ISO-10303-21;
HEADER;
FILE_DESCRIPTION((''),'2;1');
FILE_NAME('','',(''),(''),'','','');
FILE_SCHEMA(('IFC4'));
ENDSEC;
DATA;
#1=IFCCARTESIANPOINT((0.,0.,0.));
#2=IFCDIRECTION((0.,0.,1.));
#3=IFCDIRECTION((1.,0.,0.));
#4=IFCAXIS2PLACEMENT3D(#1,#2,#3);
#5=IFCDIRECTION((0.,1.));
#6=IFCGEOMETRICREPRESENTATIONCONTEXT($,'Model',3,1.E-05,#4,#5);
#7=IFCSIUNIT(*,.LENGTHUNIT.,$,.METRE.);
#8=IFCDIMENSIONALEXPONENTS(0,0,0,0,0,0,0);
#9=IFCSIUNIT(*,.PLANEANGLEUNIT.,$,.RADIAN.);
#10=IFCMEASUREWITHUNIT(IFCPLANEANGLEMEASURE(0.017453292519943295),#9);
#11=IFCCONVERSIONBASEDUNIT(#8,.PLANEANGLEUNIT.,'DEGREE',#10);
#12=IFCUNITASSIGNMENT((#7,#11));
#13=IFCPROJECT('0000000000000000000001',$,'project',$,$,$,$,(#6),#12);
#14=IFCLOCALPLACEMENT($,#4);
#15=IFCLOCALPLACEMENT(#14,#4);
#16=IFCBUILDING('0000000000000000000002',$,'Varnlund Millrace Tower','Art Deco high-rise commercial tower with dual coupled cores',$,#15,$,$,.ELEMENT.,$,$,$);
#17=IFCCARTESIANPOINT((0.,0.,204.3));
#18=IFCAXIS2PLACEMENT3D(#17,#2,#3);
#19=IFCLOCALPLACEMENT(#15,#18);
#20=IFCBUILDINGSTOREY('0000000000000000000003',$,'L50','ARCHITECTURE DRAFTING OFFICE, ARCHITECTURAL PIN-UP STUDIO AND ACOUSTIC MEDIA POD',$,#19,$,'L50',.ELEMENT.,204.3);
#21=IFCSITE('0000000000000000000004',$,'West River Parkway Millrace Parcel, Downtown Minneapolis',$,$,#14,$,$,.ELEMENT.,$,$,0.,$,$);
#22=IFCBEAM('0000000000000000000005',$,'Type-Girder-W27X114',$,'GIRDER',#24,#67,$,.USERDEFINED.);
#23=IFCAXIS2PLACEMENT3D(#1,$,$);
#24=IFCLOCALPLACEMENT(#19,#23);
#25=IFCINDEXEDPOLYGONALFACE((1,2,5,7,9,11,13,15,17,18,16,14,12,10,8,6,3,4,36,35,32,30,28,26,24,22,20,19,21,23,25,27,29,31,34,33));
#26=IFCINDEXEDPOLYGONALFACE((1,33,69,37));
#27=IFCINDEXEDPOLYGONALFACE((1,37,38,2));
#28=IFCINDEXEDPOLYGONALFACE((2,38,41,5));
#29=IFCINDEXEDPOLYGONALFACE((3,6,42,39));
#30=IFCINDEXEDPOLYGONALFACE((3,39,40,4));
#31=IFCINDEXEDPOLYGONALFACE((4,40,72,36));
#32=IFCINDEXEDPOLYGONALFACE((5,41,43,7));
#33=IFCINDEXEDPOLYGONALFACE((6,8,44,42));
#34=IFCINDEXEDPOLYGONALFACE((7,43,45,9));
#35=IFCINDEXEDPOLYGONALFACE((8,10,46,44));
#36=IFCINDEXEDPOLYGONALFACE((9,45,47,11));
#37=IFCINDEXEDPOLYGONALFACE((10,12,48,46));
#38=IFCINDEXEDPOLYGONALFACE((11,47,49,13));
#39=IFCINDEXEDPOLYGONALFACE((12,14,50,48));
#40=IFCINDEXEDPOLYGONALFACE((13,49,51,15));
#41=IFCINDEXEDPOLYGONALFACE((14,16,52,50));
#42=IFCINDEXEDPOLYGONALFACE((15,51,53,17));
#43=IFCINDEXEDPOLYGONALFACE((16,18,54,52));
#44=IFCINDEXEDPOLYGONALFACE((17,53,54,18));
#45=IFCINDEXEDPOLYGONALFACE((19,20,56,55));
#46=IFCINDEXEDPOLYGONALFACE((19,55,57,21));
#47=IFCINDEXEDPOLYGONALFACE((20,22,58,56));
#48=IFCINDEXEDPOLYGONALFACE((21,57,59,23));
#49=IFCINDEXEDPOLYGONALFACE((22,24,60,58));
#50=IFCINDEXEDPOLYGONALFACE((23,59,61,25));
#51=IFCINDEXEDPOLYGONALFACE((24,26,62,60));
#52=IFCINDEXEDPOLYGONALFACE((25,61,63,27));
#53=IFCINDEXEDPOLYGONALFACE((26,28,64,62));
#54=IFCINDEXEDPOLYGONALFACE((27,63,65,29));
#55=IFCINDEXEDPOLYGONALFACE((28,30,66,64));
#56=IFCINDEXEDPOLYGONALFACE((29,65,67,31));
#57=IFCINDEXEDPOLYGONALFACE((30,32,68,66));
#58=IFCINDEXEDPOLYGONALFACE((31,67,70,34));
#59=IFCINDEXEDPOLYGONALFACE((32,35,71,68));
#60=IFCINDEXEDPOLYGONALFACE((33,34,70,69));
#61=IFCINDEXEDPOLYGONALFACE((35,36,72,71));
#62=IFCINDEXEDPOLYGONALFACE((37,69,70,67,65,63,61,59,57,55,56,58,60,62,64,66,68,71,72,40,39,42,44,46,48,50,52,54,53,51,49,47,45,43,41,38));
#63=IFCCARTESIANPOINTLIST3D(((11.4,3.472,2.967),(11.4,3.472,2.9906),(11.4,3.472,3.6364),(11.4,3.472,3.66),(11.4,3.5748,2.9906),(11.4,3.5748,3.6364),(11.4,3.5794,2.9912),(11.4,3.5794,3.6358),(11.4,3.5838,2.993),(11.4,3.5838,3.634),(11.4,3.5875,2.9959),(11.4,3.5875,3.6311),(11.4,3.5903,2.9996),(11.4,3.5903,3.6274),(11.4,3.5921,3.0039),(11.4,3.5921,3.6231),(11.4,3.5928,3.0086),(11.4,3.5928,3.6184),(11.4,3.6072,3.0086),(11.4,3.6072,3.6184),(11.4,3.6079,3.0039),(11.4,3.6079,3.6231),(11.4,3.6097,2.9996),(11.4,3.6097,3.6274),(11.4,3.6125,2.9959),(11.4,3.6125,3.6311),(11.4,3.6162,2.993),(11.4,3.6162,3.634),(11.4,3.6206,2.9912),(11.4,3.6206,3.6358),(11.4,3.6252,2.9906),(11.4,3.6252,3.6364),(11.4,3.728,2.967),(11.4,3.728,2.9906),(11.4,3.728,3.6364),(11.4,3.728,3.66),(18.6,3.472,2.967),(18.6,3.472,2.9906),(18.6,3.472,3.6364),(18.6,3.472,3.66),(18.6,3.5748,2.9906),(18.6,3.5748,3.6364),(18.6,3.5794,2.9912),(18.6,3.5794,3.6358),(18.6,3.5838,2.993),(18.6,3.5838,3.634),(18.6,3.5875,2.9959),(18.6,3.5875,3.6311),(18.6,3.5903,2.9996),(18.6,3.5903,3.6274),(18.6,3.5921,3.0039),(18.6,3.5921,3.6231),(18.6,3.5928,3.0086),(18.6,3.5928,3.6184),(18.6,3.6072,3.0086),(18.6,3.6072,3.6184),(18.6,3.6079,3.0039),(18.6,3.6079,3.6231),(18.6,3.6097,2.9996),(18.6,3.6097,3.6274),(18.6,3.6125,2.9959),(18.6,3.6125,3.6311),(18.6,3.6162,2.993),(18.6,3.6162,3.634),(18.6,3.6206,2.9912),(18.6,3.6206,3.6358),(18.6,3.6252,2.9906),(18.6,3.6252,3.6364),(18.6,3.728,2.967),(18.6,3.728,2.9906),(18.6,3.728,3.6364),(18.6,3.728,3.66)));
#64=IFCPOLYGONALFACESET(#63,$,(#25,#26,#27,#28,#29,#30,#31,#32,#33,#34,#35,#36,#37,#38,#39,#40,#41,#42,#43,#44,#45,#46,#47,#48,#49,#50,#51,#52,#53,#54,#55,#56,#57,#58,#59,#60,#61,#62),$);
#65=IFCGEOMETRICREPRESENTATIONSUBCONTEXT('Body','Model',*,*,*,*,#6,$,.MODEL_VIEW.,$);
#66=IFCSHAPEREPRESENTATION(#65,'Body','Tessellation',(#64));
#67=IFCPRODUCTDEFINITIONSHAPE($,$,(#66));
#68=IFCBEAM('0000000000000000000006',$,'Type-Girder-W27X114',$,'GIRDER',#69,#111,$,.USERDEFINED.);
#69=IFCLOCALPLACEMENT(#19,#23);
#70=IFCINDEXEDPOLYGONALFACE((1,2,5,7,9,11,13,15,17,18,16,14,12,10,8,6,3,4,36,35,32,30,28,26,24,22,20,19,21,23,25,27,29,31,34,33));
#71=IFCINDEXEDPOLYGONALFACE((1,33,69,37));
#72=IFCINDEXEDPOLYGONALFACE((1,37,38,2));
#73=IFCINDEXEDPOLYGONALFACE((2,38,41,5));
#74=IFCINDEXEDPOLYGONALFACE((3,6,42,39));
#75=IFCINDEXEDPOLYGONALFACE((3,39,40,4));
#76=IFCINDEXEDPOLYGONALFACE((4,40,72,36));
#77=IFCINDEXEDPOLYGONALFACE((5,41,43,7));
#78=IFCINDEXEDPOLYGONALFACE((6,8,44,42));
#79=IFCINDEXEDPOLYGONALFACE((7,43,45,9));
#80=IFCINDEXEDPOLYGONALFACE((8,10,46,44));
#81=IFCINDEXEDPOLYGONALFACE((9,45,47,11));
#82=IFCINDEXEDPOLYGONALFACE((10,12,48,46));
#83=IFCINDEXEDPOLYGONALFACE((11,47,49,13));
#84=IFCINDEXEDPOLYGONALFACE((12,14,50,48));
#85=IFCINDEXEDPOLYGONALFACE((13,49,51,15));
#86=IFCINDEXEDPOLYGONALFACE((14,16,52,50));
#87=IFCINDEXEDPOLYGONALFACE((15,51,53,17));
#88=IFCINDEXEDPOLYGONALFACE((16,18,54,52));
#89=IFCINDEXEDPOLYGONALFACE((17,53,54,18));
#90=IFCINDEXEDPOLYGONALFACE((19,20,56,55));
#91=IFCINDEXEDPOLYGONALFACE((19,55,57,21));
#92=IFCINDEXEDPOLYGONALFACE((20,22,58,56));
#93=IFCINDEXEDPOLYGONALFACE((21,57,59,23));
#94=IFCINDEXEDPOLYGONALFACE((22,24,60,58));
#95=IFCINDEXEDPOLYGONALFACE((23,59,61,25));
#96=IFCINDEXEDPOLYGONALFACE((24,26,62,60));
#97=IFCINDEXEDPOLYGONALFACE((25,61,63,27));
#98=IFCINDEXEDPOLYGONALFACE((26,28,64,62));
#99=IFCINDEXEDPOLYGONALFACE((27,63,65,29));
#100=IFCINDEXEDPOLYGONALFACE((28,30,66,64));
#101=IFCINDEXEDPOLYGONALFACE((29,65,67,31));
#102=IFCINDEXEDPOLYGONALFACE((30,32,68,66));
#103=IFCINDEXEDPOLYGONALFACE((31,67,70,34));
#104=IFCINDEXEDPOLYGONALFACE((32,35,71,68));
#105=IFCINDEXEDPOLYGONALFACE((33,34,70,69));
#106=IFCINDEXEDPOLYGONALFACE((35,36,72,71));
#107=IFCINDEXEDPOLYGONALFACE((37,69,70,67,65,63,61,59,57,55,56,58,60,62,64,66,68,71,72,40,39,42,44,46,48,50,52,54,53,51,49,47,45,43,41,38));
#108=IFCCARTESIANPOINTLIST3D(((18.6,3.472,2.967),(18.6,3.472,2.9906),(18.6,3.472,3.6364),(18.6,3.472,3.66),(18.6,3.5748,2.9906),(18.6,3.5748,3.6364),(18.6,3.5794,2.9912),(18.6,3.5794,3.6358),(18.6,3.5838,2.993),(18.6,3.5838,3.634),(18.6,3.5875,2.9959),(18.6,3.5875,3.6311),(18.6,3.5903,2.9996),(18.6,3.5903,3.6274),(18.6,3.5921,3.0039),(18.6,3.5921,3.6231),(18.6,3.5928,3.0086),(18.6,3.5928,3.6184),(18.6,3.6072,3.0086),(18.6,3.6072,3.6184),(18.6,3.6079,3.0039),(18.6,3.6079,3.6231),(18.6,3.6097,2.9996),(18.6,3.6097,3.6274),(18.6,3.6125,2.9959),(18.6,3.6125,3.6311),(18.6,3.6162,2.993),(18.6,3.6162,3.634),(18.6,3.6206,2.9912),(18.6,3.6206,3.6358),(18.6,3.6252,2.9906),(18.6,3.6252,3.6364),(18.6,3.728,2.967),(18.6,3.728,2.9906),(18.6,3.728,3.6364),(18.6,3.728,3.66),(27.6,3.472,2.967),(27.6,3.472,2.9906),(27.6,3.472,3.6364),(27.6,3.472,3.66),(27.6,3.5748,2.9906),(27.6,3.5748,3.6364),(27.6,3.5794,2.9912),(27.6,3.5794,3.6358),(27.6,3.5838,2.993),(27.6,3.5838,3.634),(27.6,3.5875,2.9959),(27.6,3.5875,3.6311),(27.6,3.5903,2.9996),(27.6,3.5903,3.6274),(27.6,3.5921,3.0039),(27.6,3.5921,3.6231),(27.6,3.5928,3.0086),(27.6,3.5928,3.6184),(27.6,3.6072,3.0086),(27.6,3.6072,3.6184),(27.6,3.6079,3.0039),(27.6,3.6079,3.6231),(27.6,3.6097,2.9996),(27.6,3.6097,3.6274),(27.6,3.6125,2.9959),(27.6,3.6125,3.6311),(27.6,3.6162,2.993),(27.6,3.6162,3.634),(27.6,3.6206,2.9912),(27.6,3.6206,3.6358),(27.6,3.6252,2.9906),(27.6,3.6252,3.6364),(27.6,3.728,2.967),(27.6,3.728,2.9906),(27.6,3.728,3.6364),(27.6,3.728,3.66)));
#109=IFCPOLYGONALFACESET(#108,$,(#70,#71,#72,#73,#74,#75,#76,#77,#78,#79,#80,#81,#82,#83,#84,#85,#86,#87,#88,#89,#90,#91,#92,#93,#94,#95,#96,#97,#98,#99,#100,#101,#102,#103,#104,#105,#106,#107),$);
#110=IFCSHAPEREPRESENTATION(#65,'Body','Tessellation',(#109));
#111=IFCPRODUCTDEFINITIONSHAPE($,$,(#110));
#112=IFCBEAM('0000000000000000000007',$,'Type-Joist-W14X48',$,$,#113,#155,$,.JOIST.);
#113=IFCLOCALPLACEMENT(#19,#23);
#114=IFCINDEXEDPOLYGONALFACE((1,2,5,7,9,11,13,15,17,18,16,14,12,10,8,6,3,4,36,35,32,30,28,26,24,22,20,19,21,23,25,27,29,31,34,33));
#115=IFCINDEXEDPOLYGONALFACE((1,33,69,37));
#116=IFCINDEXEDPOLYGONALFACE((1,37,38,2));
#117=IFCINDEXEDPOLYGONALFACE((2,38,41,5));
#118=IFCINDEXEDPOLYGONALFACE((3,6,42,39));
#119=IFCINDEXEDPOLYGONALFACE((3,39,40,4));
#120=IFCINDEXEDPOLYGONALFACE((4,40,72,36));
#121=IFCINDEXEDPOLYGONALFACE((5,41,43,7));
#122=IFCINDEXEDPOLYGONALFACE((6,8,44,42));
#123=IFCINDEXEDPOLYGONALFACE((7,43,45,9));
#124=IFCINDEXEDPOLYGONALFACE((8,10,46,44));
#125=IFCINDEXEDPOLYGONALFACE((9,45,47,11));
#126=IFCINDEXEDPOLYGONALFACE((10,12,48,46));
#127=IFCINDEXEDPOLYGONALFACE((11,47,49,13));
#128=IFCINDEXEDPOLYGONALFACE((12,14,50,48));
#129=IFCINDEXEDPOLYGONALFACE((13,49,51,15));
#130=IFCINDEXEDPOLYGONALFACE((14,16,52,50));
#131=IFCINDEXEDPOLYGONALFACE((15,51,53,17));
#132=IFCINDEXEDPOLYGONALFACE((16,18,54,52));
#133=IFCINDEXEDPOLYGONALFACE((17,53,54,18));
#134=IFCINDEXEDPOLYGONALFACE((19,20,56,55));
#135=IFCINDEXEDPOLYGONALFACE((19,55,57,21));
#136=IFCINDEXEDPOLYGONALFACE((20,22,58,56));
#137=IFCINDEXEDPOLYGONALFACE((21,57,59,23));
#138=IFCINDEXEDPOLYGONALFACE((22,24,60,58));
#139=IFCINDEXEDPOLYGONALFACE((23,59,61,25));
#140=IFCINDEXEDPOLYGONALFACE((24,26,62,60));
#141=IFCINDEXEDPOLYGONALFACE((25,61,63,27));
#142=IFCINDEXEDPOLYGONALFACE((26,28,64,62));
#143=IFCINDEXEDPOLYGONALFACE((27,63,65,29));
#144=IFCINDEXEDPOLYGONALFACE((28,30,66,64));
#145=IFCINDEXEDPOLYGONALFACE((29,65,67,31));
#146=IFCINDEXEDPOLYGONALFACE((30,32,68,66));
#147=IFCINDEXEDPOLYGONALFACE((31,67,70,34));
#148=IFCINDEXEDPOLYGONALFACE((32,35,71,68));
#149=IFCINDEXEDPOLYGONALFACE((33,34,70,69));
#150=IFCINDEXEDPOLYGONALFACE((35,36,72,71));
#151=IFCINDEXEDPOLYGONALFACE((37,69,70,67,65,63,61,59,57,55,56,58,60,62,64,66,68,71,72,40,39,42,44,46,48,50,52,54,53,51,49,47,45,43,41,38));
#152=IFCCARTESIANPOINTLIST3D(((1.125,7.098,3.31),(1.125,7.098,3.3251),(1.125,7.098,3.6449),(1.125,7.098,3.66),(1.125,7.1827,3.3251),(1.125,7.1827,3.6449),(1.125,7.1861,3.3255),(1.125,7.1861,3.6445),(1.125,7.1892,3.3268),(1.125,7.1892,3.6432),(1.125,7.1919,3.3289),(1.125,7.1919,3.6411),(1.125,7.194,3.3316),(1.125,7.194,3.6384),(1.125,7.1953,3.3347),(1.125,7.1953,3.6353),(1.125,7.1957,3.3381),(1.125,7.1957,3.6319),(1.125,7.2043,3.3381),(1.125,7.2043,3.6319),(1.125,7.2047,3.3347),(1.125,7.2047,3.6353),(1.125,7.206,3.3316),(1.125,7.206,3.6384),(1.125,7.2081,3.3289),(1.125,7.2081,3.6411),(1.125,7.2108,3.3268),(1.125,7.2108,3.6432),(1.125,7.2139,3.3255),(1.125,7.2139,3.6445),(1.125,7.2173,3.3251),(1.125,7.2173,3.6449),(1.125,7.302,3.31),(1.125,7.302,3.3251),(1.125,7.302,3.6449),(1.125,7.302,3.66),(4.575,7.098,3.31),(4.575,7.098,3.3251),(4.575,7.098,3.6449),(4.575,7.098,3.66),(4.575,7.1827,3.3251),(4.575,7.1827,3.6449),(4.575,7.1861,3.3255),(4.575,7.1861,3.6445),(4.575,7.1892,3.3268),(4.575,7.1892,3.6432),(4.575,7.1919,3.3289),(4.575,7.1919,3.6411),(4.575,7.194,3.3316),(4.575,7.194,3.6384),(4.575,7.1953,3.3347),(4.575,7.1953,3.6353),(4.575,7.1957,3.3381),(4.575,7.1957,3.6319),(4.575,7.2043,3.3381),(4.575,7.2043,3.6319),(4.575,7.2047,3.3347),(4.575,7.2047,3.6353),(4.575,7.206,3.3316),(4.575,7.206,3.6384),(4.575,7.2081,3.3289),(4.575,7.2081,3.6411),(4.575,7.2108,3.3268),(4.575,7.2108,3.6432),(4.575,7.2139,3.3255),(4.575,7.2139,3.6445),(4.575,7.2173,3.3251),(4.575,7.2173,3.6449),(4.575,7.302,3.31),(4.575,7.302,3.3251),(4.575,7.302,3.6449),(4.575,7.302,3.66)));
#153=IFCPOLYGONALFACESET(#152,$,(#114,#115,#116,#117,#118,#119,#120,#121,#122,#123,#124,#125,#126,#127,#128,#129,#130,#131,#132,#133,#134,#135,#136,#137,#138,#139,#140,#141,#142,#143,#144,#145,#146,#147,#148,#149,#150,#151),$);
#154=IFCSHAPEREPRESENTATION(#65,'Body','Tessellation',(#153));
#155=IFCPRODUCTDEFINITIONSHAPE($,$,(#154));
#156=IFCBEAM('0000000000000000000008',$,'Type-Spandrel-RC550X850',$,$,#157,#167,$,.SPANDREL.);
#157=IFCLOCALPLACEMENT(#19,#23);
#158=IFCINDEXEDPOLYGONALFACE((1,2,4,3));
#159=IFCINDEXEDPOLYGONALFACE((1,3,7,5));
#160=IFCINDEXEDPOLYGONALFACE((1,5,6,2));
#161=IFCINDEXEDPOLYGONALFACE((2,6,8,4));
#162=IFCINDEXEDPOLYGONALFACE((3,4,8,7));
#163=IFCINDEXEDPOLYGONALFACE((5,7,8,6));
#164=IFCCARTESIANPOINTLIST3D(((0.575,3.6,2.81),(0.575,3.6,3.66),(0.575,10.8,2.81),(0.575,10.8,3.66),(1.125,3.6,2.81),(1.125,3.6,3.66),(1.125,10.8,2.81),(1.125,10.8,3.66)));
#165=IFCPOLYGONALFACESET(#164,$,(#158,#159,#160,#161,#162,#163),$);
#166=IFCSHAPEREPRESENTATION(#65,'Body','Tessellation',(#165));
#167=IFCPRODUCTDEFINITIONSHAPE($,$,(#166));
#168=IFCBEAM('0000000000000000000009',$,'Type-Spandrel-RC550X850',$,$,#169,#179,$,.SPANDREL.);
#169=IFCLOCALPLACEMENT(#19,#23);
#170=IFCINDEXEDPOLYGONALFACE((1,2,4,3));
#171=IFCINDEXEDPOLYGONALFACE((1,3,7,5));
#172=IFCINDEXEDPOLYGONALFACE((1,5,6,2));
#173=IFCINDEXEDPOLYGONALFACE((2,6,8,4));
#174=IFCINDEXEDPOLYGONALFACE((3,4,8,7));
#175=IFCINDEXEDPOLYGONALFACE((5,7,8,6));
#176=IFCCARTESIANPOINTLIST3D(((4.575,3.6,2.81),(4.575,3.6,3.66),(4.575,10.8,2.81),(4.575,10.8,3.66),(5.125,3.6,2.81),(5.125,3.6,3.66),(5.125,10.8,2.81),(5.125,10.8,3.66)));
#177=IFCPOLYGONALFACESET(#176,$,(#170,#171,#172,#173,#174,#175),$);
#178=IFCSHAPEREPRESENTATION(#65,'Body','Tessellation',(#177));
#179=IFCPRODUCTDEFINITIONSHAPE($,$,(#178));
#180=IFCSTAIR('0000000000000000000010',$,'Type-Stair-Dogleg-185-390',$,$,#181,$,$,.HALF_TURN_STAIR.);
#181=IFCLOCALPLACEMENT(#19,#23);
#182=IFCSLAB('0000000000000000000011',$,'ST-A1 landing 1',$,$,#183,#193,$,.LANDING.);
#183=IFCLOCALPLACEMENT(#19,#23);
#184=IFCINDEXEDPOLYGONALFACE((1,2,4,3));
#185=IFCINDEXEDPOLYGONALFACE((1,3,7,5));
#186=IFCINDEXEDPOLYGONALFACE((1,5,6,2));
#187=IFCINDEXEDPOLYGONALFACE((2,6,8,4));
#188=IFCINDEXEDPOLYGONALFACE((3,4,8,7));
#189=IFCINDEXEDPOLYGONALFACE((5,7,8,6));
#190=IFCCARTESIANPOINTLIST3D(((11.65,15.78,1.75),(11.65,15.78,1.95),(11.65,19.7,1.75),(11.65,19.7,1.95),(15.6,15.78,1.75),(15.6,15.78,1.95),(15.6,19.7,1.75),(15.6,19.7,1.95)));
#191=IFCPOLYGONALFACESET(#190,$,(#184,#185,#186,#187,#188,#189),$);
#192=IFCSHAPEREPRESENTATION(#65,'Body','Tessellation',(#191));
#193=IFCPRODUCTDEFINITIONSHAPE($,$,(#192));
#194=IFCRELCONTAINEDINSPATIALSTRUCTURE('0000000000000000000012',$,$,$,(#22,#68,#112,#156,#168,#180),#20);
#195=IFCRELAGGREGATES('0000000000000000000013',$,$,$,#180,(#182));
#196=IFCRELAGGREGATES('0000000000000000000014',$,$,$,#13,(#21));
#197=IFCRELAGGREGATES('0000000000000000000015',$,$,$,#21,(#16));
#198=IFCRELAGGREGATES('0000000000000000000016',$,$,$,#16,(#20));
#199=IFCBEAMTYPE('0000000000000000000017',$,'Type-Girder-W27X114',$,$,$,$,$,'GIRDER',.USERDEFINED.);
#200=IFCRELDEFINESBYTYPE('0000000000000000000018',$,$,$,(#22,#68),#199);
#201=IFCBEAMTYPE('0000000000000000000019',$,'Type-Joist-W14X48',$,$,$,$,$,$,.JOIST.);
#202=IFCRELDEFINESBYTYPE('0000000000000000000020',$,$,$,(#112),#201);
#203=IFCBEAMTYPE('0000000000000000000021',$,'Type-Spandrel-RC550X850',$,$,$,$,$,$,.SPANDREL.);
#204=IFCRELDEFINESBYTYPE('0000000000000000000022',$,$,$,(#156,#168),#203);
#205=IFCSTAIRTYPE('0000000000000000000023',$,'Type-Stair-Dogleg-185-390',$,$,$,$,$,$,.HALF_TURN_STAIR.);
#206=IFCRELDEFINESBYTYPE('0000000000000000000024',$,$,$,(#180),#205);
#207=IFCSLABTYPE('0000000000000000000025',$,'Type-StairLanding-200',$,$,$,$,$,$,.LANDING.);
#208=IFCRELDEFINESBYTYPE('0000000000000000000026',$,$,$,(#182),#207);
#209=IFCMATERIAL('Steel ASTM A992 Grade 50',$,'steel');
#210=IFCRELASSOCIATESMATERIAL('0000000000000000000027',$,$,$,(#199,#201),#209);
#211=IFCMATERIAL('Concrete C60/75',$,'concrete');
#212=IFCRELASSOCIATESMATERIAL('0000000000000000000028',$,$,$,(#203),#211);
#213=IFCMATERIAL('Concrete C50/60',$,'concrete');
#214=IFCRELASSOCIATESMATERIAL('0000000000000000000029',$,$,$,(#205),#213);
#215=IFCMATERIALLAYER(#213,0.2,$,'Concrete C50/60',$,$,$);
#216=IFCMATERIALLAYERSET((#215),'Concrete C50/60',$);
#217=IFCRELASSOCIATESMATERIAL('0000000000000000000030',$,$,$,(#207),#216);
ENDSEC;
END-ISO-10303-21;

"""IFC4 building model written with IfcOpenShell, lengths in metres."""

from ifc_helpers import new_model, entity, si_unit, converted_unit, direction, frame, origin_with_axes, origin_2d_with_axis, place, context, subcontext, project, spatial, polyline, rectangle, i_section, outline, extrude, material, layer, layer_set, material_profile, profile_set, type_object, element, aggregate, save


model = new_model("IFC4")

# Units and contexts
model_context = context("Model", 3, precision=1e-05, world=origin_with_axes(), true_north=direction((0.0, 1.0)))
body_context = subcontext(model_context, "Body", "Model", "MODEL_VIEW")
ifc_project = project(units=[si_unit("LENGTHUNIT", "METRE"), converted_unit("PLANEANGLEUNIT", "DEGREE", entity("IfcPlaneAngleMeasure", 0.017453292519943295), si_unit("PLANEANGLEUNIT", "RADIAN"), dimensions=[0, 0, 0, 0, 0, 0, 0])], contexts=[model_context])

# Site, building, storey
site_placement = place(None, origin_with_axes())
site = spatial("IfcSite", under=ifc_project, at=site_placement, Name="West River Parkway Millrace Parcel, Downtown Minneapolis", CompositionType="ELEMENT", RefElevation=0.0)
building_placement = place(site_placement, origin_with_axes())
building = spatial("IfcBuilding", under=site, at=building_placement, Name="Varnlund Millrace Tower", Description="Art Deco high-rise commercial tower with dual coupled cores", CompositionType="ELEMENT")
storey_placement = place(building_placement, frame((0.0, 0.0, 204.3), z_axis=(0.0, 0.0, 1.0), x_axis=(1.0, 0.0, 0.0)))
storey = spatial("IfcBuildingStorey", under=building, at=storey_placement, Name="L50", Description="ARCHITECTURE DRAFTING OFFICE, ARCHITECTURAL PIN-UP STUDIO AND ACOUSTIC MEDIA POD", LongName="L50", CompositionType="ELEMENT", Elevation=204.3)

# Beams
ifc_material_1 = material(Name="Steel ASTM A992 Grade 50", Category="steel")
ifc_material_profile_1 = material_profile(ifc_material_1, i_section(OverallWidth=0.256, OverallDepth=0.693, WebThickness=0.0145, FlangeThickness=0.0236, FilletRadius=0.018, at=origin_2d_with_axis()), Name="Steel ASTM A992 Grade 50")
ifc_profile_set_1 = profile_set([ifc_material_profile_1], Name="Steel ASTM A992 Grade 50")
beam_type_1 = type_object("IfcBeamType", Name="Type-Girder-W27X114", ElementType="GIRDER", PredefinedType="USERDEFINED", material=ifc_profile_set_1)
beam_1_placement = place(storey_placement, frame((11.4, 3.6, 3.3135), z_axis=(1.0, 0.0, 0.0), x_axis=(0.0, 1.0, 0.0)))
element("IfcBeam", 1, at=beam_1_placement, inside=storey, type_object=beam_type_1, Name="Type-Girder-W27X114", ObjectType="GIRDER", PredefinedType="USERDEFINED", context=body_context, shape_type="SweptSolid", body=[
    extrude(i_section(OverallWidth=0.256, OverallDepth=0.693, WebThickness=0.0145, FlangeThickness=0.0236, FilletRadius=0.018, at=origin_2d_with_axis()), origin_with_axes(), (0.0, 0.0, 1.0), 7.2),
])
beam_2_placement = place(storey_placement, frame((18.6, 3.6, 3.3135), z_axis=(1.0, 0.0, 0.0), x_axis=(0.0, 1.0, 0.0)))
element("IfcBeam", 2, at=beam_2_placement, inside=storey, type_object=beam_type_1, Name="Type-Girder-W27X114", ObjectType="GIRDER", PredefinedType="USERDEFINED", context=body_context, shape_type="SweptSolid", body=[
    extrude(i_section(OverallWidth=0.256, OverallDepth=0.693, WebThickness=0.0145, FlangeThickness=0.0236, FilletRadius=0.018, at=origin_2d_with_axis()), origin_with_axes(), (0.0, 0.0, 1.0), 9.0),
])
ifc_material_profile_2 = material_profile(ifc_material_1, i_section(OverallWidth=0.204, OverallDepth=0.35, WebThickness=0.0086, FlangeThickness=0.0151, FilletRadius=0.013, at=origin_2d_with_axis()), Name="Steel ASTM A992 Grade 50")
ifc_profile_set_2 = profile_set([ifc_material_profile_2], Name="Steel ASTM A992 Grade 50")
beam_type_2 = type_object("IfcBeamType", Name="Type-Joist-W14X48", PredefinedType="JOIST", material=ifc_profile_set_2)
beam_3_placement = place(storey_placement, frame((1.125, 7.2, 3.485), z_axis=(1.0, 0.0, 0.0), x_axis=(0.0, 1.0, 0.0)))
element("IfcBeam", 3, at=beam_3_placement, inside=storey, type_object=beam_type_2, Name="Type-Joist-W14X48", PredefinedType="JOIST", context=body_context, shape_type="SweptSolid", body=[
    extrude(i_section(OverallWidth=0.204, OverallDepth=0.35, WebThickness=0.0086, FlangeThickness=0.0151, FilletRadius=0.013, at=origin_2d_with_axis()), origin_with_axes(), (0.0, 0.0, 1.0), 3.45),
])
ifc_material_2 = material(Name="Concrete C60/75", Category="concrete")
ifc_material_profile_3 = material_profile(ifc_material_2, rectangle(XDim=0.55, YDim=0.85, at=origin_2d_with_axis()), Name="Concrete C60/75")
ifc_profile_set_3 = profile_set([ifc_material_profile_3], Name="Concrete C60/75")
beam_type_3 = type_object("IfcBeamType", Name="Type-Spandrel-RC550X850", PredefinedType="SPANDREL", material=ifc_profile_set_3)
for number, where, z_axis, x_axis, name in (
    (4, (0.85, 3.6, 3.235), (0.0, 1.0, 0.0), (-1.0, 0.0, 0.0), "Type-Spandrel-RC550X850"),
    (5, (4.85, 3.6, 3.235), (0.0, 1.0, 0.0), (-1.0, 0.0, 0.0), "Type-Spandrel-RC550X850"),
):
    element("IfcBeam", number, at=place(storey_placement, frame(where, z_axis=z_axis, x_axis=x_axis)), inside=storey, type_object=beam_type_3, Name=name, PredefinedType="SPANDREL", context=body_context, shape_type="SweptSolid", body=[
        extrude(rectangle(XDim=0.55, YDim=0.85, at=origin_2d_with_axis()), origin_with_axes(), (0.0, 0.0, 1.0), 7.2),
    ])

# Stair, slab
ifc_material_3 = material(Name="Concrete C50/60", Category="concrete")
stair_type_1 = type_object("IfcStairType", Name="Type-Stair-Dogleg-185-390", PredefinedType="HALF_TURN_STAIR", material=ifc_material_3)
stair_1_placement = place(storey_placement, origin_with_axes())
stair_1 = element("IfcStair", 6, at=stair_1_placement, inside=storey, type_object=stair_type_1, Name="Type-Stair-Dogleg-185-390", PredefinedType="HALF_TURN_STAIR")
ifc_layer_1 = layer(ifc_material_3, 0.2, Name="Concrete C50/60")
ifc_layer_set_1 = layer_set([ifc_layer_1], Name="Concrete C50/60")
slab_type = type_object("IfcSlabType", Name="Type-StairLanding-200", PredefinedType="LANDING", material=ifc_layer_set_1)
slab_1_placement = place(storey_placement, frame((0.0, 0.0, 1.75), z_axis=(0.0, 0.0, 1.0), x_axis=(1.0, 0.0, 0.0)))
slab_1 = element("IfcSlab", 7, at=slab_1_placement, type_object=slab_type, Name="ST-A1 landing 1", PredefinedType="LANDING", context=body_context, shape_type="SweptSolid", body=[
    extrude(outline(polyline([(15.6, 15.78), (15.6, 19.7), (11.65, 19.7), (11.65, 15.78), (15.6, 15.78)])), origin_with_axes(), (0.0, 0.0, 1.0), 0.2),
])
aggregate(stair_1, [slab_1])

save(model, "model.ifc")
